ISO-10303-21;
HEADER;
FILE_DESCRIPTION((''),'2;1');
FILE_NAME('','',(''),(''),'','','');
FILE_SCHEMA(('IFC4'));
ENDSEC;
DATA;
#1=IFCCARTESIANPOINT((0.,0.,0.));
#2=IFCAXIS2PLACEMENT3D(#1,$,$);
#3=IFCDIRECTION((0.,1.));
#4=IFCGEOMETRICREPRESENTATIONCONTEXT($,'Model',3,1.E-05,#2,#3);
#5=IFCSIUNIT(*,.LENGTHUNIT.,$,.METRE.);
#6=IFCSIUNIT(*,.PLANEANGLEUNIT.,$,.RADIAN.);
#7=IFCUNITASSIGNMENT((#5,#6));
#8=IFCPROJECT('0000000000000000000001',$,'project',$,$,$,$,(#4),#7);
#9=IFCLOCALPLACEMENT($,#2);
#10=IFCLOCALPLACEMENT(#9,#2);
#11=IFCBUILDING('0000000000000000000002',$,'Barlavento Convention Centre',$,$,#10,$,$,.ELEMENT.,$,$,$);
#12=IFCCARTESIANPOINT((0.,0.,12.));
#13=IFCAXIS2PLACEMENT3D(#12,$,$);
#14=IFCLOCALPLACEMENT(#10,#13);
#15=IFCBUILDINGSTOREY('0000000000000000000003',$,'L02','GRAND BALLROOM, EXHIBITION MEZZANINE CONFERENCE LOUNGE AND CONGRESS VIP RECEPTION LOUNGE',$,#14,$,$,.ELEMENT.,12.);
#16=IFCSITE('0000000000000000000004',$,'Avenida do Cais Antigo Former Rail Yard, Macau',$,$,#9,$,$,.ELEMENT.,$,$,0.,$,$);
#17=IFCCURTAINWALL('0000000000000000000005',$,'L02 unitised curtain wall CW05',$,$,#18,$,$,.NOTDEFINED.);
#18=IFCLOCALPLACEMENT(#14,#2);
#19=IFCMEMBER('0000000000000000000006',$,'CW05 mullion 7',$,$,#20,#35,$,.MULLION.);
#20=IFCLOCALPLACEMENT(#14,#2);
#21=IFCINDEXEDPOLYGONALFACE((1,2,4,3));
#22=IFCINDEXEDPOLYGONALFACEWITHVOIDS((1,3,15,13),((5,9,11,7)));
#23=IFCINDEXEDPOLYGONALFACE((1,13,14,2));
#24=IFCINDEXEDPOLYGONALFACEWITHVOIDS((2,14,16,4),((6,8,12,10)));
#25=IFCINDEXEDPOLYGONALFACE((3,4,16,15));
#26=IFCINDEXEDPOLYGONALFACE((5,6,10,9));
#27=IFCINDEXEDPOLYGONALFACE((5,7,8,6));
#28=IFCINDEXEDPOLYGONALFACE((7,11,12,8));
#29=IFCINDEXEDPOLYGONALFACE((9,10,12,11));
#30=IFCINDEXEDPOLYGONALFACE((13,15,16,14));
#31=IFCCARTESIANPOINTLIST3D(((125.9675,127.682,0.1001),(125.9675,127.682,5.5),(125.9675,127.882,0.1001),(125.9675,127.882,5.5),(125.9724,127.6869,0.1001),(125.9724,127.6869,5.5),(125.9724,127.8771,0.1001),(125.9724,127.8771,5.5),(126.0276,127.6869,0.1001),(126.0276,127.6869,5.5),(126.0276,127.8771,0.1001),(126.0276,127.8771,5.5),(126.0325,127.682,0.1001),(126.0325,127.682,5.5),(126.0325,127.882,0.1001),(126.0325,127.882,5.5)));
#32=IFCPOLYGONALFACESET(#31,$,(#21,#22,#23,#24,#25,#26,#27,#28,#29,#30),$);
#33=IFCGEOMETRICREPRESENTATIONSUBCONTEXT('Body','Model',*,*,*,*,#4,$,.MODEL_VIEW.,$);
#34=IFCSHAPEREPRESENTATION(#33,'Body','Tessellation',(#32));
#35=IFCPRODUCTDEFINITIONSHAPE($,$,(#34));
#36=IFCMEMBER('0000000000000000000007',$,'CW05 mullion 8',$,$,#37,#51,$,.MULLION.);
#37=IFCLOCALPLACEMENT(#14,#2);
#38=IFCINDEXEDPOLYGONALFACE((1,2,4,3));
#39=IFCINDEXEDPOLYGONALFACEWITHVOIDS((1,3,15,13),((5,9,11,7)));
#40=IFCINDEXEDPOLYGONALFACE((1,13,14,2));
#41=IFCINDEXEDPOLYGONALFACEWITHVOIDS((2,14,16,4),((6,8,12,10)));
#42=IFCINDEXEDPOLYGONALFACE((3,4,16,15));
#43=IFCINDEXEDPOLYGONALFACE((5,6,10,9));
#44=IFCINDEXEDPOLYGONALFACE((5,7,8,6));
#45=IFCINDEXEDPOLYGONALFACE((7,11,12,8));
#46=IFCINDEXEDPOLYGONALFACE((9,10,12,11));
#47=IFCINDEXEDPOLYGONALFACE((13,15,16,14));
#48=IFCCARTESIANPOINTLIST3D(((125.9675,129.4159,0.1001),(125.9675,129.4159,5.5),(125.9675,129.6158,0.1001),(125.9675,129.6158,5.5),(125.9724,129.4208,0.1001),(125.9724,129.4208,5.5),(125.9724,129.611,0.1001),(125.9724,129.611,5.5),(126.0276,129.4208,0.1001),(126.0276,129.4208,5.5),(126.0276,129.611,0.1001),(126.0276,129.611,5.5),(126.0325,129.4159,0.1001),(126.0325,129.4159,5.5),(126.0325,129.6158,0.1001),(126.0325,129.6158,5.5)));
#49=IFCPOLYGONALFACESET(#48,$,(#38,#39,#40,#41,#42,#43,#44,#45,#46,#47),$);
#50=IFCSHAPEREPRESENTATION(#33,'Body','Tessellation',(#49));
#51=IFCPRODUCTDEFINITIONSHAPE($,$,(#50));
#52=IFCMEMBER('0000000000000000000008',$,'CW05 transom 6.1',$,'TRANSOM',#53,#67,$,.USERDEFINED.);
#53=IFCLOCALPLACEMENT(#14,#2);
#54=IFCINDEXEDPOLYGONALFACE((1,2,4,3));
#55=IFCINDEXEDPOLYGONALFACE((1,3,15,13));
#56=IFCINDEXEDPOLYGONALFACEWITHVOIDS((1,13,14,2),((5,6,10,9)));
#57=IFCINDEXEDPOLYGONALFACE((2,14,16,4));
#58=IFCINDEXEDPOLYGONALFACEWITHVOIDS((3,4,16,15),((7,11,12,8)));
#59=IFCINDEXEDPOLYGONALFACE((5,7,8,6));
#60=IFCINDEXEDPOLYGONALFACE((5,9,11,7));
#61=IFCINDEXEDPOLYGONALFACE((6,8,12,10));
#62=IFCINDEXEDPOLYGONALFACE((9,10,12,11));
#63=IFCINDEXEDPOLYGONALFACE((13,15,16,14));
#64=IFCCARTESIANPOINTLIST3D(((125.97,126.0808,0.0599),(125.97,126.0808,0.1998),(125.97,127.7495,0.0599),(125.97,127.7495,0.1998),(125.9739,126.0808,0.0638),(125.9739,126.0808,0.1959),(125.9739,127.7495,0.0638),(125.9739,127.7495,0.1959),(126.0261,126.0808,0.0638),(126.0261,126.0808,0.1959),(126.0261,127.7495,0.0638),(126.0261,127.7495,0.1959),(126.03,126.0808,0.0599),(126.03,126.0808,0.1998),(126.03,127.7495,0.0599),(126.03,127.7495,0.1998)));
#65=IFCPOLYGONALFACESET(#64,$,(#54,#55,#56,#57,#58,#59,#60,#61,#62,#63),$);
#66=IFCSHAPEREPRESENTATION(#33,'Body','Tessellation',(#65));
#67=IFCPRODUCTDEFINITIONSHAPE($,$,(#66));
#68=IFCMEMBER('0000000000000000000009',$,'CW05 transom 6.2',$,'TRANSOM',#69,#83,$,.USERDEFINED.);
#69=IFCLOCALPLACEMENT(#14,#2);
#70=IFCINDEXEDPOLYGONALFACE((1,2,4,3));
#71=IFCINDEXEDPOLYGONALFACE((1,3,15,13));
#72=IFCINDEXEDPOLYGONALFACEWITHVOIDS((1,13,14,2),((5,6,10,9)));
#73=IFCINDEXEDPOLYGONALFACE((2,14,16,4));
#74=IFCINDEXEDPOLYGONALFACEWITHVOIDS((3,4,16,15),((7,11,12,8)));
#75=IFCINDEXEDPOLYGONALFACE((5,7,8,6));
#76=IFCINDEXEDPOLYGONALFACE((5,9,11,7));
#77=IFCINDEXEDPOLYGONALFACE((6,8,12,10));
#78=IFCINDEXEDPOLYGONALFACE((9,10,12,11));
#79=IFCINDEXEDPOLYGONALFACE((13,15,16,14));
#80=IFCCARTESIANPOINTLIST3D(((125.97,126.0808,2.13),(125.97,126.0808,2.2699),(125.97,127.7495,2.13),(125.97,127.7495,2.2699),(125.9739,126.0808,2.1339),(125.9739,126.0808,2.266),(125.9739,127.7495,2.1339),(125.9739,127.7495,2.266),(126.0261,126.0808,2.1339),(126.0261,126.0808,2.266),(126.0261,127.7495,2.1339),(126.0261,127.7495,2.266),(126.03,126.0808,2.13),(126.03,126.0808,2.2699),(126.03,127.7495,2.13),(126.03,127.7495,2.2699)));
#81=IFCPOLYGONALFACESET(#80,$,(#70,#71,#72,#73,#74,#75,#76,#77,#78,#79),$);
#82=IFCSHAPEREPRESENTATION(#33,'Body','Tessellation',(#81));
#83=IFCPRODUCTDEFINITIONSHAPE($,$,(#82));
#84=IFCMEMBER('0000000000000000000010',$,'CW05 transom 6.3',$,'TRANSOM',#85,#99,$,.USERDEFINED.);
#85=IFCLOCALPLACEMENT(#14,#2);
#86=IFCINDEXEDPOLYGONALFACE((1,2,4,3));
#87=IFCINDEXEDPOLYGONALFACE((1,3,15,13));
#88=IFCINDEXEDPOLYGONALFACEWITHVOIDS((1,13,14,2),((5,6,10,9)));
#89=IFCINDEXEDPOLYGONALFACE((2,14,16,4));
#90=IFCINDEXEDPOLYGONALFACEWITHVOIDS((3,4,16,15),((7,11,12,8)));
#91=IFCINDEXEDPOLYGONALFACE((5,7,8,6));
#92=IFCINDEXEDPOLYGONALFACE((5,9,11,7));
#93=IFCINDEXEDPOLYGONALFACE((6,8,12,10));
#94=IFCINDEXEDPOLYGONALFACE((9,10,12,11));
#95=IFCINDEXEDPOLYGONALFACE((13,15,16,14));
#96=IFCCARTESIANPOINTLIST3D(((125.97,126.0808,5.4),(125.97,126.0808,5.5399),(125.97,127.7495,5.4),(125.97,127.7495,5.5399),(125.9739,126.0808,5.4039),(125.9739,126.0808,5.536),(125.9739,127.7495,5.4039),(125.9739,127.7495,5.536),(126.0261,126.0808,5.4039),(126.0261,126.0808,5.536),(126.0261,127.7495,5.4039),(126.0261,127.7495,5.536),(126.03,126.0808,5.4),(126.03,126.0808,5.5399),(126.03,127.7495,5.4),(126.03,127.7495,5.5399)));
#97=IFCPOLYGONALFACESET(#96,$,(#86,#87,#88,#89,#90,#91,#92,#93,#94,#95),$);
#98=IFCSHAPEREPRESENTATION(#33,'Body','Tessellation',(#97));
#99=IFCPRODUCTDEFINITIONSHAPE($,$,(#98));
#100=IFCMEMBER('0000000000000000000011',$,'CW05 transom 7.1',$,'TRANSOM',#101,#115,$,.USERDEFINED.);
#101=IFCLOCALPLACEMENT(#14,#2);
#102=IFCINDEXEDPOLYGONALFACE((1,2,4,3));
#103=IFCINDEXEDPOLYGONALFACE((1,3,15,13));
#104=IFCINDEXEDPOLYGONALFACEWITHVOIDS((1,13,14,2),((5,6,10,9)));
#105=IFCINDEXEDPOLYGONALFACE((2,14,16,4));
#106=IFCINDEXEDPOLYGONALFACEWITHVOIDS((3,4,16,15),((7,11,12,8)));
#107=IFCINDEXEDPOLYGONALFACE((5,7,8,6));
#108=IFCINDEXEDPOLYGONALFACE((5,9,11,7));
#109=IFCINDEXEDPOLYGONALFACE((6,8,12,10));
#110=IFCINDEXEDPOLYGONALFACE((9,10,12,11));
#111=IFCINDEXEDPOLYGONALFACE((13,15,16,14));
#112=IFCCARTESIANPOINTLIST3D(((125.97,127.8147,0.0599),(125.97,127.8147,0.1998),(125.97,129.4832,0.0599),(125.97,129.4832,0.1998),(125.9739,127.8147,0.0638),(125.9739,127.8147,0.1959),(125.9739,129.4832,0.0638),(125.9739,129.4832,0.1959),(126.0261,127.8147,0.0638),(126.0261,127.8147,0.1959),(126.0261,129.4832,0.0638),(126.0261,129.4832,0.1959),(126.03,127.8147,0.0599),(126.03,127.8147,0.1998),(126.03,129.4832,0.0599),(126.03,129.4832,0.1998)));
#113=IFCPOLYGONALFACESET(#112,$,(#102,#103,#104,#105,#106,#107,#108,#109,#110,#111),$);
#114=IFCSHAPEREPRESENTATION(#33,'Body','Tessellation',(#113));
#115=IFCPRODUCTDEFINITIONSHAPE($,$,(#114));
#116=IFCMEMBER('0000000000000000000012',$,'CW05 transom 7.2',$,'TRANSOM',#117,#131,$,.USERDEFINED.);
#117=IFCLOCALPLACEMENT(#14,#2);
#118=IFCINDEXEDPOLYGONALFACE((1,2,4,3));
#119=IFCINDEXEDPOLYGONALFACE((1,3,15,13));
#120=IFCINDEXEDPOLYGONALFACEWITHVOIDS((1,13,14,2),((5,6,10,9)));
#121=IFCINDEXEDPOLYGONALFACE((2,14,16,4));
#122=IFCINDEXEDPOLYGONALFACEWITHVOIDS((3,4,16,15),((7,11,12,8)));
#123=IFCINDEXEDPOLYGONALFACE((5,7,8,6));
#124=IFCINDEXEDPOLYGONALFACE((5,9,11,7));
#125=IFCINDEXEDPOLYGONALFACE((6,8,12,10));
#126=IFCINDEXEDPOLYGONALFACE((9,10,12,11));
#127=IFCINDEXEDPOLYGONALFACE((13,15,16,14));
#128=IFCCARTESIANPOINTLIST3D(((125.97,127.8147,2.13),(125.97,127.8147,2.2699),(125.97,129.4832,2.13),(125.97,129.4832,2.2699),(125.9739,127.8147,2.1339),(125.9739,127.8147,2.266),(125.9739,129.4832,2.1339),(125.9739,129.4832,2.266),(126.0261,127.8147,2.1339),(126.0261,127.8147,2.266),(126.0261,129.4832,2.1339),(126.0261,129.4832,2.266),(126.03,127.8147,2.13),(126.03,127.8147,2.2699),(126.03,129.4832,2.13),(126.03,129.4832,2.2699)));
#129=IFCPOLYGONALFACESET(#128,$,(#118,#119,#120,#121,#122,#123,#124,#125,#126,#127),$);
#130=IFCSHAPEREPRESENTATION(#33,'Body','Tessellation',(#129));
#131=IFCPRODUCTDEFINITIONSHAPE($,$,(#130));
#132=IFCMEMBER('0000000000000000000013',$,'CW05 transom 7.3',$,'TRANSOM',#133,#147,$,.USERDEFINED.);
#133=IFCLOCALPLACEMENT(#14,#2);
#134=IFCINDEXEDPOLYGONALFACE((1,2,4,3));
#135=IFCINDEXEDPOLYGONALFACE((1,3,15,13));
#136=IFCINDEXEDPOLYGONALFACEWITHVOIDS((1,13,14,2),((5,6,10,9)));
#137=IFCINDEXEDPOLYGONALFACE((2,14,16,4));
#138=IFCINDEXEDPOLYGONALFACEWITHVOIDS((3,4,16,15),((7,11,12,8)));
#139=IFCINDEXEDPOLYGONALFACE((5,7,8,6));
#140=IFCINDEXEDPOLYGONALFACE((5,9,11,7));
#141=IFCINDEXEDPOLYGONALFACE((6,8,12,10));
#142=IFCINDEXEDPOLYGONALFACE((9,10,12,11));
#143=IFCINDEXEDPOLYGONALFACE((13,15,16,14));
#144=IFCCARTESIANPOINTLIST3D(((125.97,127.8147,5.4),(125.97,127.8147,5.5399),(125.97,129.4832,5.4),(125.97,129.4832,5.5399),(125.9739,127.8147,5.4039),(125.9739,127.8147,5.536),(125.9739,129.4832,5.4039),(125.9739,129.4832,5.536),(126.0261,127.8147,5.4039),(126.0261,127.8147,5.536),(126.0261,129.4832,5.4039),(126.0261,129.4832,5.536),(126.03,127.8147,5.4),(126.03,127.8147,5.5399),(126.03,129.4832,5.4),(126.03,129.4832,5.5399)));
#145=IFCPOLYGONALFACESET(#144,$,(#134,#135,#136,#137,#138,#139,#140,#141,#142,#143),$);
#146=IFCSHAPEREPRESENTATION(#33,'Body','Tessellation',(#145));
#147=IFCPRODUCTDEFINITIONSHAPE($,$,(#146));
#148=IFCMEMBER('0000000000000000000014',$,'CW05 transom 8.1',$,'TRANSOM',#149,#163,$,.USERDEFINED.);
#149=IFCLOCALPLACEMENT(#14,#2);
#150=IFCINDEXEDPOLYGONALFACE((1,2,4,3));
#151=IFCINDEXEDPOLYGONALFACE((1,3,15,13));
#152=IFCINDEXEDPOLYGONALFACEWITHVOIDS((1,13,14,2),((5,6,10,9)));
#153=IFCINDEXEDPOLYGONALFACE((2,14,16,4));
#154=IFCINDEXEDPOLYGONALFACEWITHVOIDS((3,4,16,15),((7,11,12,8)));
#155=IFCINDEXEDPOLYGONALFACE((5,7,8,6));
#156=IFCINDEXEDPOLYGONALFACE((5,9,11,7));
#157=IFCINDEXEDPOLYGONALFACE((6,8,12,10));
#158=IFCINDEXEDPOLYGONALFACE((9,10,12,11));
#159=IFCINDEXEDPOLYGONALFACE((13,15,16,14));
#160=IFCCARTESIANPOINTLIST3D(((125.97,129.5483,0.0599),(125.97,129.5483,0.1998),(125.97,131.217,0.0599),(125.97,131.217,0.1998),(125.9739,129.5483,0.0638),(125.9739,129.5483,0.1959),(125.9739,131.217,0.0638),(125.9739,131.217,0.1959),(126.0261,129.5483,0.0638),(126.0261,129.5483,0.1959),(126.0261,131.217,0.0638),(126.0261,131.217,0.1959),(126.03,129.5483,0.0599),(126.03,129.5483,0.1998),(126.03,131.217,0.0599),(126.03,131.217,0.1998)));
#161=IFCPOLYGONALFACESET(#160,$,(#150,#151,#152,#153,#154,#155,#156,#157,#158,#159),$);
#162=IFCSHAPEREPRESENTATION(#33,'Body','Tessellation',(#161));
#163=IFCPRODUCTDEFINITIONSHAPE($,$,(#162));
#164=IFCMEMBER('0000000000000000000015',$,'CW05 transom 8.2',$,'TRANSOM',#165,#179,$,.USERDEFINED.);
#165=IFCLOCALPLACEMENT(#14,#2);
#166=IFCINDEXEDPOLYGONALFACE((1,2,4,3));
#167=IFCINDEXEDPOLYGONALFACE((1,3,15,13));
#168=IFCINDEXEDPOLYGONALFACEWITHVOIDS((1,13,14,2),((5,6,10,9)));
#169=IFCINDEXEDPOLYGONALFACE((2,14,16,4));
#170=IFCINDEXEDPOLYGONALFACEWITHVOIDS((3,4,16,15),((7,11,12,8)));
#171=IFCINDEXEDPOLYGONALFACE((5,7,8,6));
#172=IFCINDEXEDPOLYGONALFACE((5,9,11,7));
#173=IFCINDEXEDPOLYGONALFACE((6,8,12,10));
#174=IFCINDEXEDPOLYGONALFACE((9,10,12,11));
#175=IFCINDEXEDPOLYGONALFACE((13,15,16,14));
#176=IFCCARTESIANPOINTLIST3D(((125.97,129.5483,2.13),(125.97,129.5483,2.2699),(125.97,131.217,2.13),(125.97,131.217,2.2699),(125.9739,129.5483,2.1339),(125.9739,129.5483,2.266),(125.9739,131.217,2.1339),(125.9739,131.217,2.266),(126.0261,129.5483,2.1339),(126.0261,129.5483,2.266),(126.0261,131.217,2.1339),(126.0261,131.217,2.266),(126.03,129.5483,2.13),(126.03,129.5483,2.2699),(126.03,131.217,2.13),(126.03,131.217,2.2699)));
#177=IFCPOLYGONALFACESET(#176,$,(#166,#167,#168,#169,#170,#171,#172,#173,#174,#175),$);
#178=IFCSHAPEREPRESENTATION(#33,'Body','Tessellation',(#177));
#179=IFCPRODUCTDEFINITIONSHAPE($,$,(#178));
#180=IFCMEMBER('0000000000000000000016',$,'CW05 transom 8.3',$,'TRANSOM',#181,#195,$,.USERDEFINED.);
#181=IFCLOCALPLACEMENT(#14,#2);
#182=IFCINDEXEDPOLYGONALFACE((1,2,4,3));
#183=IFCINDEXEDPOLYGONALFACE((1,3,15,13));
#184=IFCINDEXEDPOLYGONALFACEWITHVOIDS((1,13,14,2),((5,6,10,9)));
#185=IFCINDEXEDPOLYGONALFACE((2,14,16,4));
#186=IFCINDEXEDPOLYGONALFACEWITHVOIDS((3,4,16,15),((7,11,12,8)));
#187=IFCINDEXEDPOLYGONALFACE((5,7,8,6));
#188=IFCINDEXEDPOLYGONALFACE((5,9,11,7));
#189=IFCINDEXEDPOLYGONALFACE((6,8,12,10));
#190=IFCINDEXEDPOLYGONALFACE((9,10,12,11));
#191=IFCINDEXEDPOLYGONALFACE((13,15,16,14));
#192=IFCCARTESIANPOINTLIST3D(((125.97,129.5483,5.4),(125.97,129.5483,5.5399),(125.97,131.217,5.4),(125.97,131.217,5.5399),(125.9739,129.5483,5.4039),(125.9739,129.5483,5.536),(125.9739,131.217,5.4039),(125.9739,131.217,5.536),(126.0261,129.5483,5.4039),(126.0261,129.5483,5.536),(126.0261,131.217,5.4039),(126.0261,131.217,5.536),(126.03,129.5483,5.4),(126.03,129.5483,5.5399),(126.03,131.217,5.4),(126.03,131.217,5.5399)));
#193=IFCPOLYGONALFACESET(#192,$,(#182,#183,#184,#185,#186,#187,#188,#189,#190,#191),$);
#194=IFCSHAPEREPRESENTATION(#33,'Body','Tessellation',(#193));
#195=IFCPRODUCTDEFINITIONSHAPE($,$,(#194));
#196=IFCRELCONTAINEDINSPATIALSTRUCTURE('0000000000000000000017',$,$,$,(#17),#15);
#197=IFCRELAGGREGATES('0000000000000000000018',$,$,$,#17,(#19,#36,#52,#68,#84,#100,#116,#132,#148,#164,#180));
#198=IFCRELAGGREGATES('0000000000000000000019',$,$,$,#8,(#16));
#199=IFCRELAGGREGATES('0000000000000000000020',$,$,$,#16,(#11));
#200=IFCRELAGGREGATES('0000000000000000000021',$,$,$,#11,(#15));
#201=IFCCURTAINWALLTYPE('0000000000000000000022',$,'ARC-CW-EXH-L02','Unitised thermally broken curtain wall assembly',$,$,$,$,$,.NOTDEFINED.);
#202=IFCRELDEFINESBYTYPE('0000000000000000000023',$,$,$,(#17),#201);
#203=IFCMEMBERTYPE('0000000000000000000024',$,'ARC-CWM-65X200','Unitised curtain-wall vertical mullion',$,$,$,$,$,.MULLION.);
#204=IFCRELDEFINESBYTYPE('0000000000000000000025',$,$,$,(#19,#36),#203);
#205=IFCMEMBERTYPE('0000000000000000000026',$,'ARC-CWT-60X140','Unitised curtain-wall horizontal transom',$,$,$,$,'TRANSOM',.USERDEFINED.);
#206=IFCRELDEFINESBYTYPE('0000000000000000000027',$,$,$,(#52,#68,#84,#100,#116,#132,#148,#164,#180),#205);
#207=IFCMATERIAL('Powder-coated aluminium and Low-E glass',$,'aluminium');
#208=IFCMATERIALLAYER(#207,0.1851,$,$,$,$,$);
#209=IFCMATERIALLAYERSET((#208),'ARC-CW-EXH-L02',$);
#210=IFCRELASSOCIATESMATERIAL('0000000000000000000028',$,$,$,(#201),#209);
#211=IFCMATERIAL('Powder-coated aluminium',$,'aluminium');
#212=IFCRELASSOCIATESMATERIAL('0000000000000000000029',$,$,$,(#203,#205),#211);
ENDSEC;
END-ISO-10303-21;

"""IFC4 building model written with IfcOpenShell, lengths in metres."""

from ifc_helpers import new_model, si_unit, direction, frame, origin, origin_2d, place, context, subcontext, project, spatial, hollow_rectangle, extrude, material, layer, layer_set, material_profile, profile_set, type_object, element, aggregate, save


model = new_model("IFC4")

# Units and contexts
model_context = context("Model", 3, precision=1e-05, world=origin(), true_north=direction((0.0, 1.0)))
body_context = subcontext(model_context, "Body", "Model", "MODEL_VIEW")
ifc_project = project(units=[si_unit("LENGTHUNIT", "METRE"), si_unit("PLANEANGLEUNIT", "RADIAN")], contexts=[model_context])

# Site, building, storey
site_placement = place(None, origin())
site = spatial("IfcSite", under=ifc_project, at=site_placement, Name="Avenida do Cais Antigo Former Rail Yard, Macau", CompositionType="ELEMENT", RefElevation=0.0)
building_placement = place(site_placement, origin())
building = spatial("IfcBuilding", under=site, at=building_placement, Name="Barlavento Convention Centre", CompositionType="ELEMENT")
storey_placement = place(building_placement, frame((0.0, 0.0, 12.0)))
storey = spatial("IfcBuildingStorey", under=building, at=storey_placement, Name="L02", Description="GRAND BALLROOM, EXHIBITION MEZZANINE CONFERENCE LOUNGE AND CONGRESS VIP RECEPTION LOUNGE", CompositionType="ELEMENT", Elevation=12.0)

# Curtain wall, members
ifc_material_1 = material(Name="Powder-coated aluminium and Low-E glass", Category="aluminium")
ifc_layer_1 = layer(ifc_material_1, 0.1851)
ifc_layer_set_1 = layer_set([ifc_layer_1], Name="ARC-CW-EXH-L02")
curtain_wall_type = type_object("IfcCurtainWallType", Name="ARC-CW-EXH-L02", Description="Unitised thermally broken curtain wall assembly", PredefinedType="NOTDEFINED", material=ifc_layer_set_1)
curtain_wall_placement = place(storey_placement, origin())
curtain_wall = element("IfcCurtainWall", 1, at=curtain_wall_placement, inside=storey, type_object=curtain_wall_type, Name="L02 unitised curtain wall CW05", PredefinedType="NOTDEFINED")
ifc_material_2 = material(Name="Powder-coated aluminium", Category="aluminium")
ifc_material_profile_1 = material_profile(ifc_material_2, hollow_rectangle(XDim=0.0649, YDim=0.2, WallThickness=0.0049, at=origin_2d()), Name="AL-MULL 65x200x5")
ifc_profile_set_1 = profile_set([ifc_material_profile_1], Name="Powder-coated aluminium")
member_type_1 = type_object("IfcMemberType", Name="ARC-CWM-65X200", Description="Unitised curtain-wall vertical mullion", PredefinedType="MULLION", material=ifc_profile_set_1)
member_1_placement = place(storey_placement, frame((126.0, 127.782, 0.1001), z_axis=(0.0, 0.0, 1.0), x_axis=(-1.0, 0.0, 0.0)))
member_1 = element("IfcMember", 2, at=member_1_placement, type_object=member_type_1, Name="CW05 mullion 7", PredefinedType="MULLION", context=body_context, shape_type="SweptSolid", body=[
    extrude(hollow_rectangle(XDim=0.0649, YDim=0.2, WallThickness=0.0049, at=origin_2d()), origin(), (0.0, 0.0, 1.0), 5.3999),
])
member_2_placement = place(storey_placement, frame((126.0, 129.5159, 0.1001), z_axis=(0.0, 0.0, 1.0), x_axis=(-1.0, 0.0, 0.0)))
member_2 = element("IfcMember", 3, at=member_2_placement, type_object=member_type_1, Name="CW05 mullion 8", PredefinedType="MULLION", context=body_context, shape_type="SweptSolid", body=[
    extrude(hollow_rectangle(XDim=0.0649, YDim=0.2, WallThickness=0.0049, at=origin_2d()), origin(), (0.0, 0.0, 1.0), 5.3999),
])
ifc_material_profile_2 = material_profile(ifc_material_2, hollow_rectangle(XDim=0.0601, YDim=0.1399, WallThickness=0.0039, at=origin_2d()), Name="AL-TRAN 60x140x4")
ifc_profile_set_2 = profile_set([ifc_material_profile_2], Name="Powder-coated aluminium")
member_type_2 = type_object("IfcMemberType", Name="ARC-CWT-60X140", Description="Unitised curtain-wall horizontal transom", ElementType="TRANSOM", PredefinedType="USERDEFINED", material=ifc_profile_set_2)
member_3_placement = place(storey_placement, frame((126.0, 126.0808, 0.1299), z_axis=(0.0, 1.0, 0.0), x_axis=(-1.0, 0.0, 0.0)))
member_3 = element("IfcMember", 4, at=member_3_placement, type_object=member_type_2, Name="CW05 transom 6.1", ObjectType="TRANSOM", PredefinedType="USERDEFINED", context=body_context, shape_type="SweptSolid", body=[
    extrude(hollow_rectangle(XDim=0.0601, YDim=0.1399, WallThickness=0.0039, at=origin_2d()), origin(), (0.0, 0.0, 1.0), 1.6687),
])
member_4_placement = place(storey_placement, frame((126.0, 126.0808, 2.2), z_axis=(0.0, 1.0, 0.0), x_axis=(-1.0, 0.0, 0.0)))
member_4 = element("IfcMember", 5, at=member_4_placement, type_object=member_type_2, Name="CW05 transom 6.2", ObjectType="TRANSOM", PredefinedType="USERDEFINED", context=body_context, shape_type="SweptSolid", body=[
    extrude(hollow_rectangle(XDim=0.0601, YDim=0.1399, WallThickness=0.0039, at=origin_2d()), origin(), (0.0, 0.0, 1.0), 1.6687),
])
member_5_placement = place(storey_placement, frame((126.0, 126.0808, 5.47), z_axis=(0.0, 1.0, 0.0), x_axis=(-1.0, 0.0, 0.0)))
member_5 = element("IfcMember", 6, at=member_5_placement, type_object=member_type_2, Name="CW05 transom 6.3", ObjectType="TRANSOM", PredefinedType="USERDEFINED", context=body_context, shape_type="SweptSolid", body=[
    extrude(hollow_rectangle(XDim=0.0601, YDim=0.1399, WallThickness=0.0039, at=origin_2d()), origin(), (0.0, 0.0, 1.0), 1.6687),
])
member_6_placement = place(storey_placement, frame((126.0, 127.8147, 0.1299), z_axis=(0.0, 1.0, 0.0), x_axis=(-1.0, 0.0, 0.0)))
member_6 = element("IfcMember", 7, at=member_6_placement, type_object=member_type_2, Name="CW05 transom 7.1", ObjectType="TRANSOM", PredefinedType="USERDEFINED", context=body_context, shape_type="SweptSolid", body=[
    extrude(hollow_rectangle(XDim=0.0601, YDim=0.1399, WallThickness=0.0039, at=origin_2d()), origin(), (0.0, 0.0, 1.0), 1.6685),
])
member_7_placement = place(storey_placement, frame((126.0, 127.8147, 2.2), z_axis=(0.0, 1.0, 0.0), x_axis=(-1.0, 0.0, 0.0)))
member_7 = element("IfcMember", 8, at=member_7_placement, type_object=member_type_2, Name="CW05 transom 7.2", ObjectType="TRANSOM", PredefinedType="USERDEFINED", context=body_context, shape_type="SweptSolid", body=[
    extrude(hollow_rectangle(XDim=0.0601, YDim=0.1399, WallThickness=0.0039, at=origin_2d()), origin(), (0.0, 0.0, 1.0), 1.6685),
])
member_8_placement = place(storey_placement, frame((126.0, 127.8147, 5.47), z_axis=(0.0, 1.0, 0.0), x_axis=(-1.0, 0.0, 0.0)))
member_8 = element("IfcMember", 9, at=member_8_placement, type_object=member_type_2, Name="CW05 transom 7.3", ObjectType="TRANSOM", PredefinedType="USERDEFINED", context=body_context, shape_type="SweptSolid", body=[
    extrude(hollow_rectangle(XDim=0.0601, YDim=0.1399, WallThickness=0.0039, at=origin_2d()), origin(), (0.0, 0.0, 1.0), 1.6685),
])
member_9_placement = place(storey_placement, frame((126.0, 129.5483, 0.1299), z_axis=(0.0, 1.0, 0.0), x_axis=(-1.0, 0.0, 0.0)))
member_9 = element("IfcMember", 10, at=member_9_placement, type_object=member_type_2, Name="CW05 transom 8.1", ObjectType="TRANSOM", PredefinedType="USERDEFINED", context=body_context, shape_type="SweptSolid", body=[
    extrude(hollow_rectangle(XDim=0.0601, YDim=0.1399, WallThickness=0.0039, at=origin_2d()), origin(), (0.0, 0.0, 1.0), 1.6687),
])
member_10_placement = place(storey_placement, frame((126.0, 129.5483, 2.2), z_axis=(0.0, 1.0, 0.0), x_axis=(-1.0, 0.0, 0.0)))
member_10 = element("IfcMember", 11, at=member_10_placement, type_object=member_type_2, Name="CW05 transom 8.2", ObjectType="TRANSOM", PredefinedType="USERDEFINED", context=body_context, shape_type="SweptSolid", body=[
    extrude(hollow_rectangle(XDim=0.0601, YDim=0.1399, WallThickness=0.0039, at=origin_2d()), origin(), (0.0, 0.0, 1.0), 1.6687),
])
member_11_placement = place(storey_placement, frame((126.0, 129.5483, 5.47), z_axis=(0.0, 1.0, 0.0), x_axis=(-1.0, 0.0, 0.0)))
member_11 = element("IfcMember", 12, at=member_11_placement, type_object=member_type_2, Name="CW05 transom 8.3", ObjectType="TRANSOM", PredefinedType="USERDEFINED", context=body_context, shape_type="SweptSolid", body=[
    extrude(hollow_rectangle(XDim=0.0601, YDim=0.1399, WallThickness=0.0039, at=origin_2d()), origin(), (0.0, 0.0, 1.0), 1.6687),
])
aggregate(curtain_wall, [member_1, member_2, member_3, member_4, member_5, member_6, member_7, member_8, member_9, member_10, member_11])

save(model, "model.ifc")
